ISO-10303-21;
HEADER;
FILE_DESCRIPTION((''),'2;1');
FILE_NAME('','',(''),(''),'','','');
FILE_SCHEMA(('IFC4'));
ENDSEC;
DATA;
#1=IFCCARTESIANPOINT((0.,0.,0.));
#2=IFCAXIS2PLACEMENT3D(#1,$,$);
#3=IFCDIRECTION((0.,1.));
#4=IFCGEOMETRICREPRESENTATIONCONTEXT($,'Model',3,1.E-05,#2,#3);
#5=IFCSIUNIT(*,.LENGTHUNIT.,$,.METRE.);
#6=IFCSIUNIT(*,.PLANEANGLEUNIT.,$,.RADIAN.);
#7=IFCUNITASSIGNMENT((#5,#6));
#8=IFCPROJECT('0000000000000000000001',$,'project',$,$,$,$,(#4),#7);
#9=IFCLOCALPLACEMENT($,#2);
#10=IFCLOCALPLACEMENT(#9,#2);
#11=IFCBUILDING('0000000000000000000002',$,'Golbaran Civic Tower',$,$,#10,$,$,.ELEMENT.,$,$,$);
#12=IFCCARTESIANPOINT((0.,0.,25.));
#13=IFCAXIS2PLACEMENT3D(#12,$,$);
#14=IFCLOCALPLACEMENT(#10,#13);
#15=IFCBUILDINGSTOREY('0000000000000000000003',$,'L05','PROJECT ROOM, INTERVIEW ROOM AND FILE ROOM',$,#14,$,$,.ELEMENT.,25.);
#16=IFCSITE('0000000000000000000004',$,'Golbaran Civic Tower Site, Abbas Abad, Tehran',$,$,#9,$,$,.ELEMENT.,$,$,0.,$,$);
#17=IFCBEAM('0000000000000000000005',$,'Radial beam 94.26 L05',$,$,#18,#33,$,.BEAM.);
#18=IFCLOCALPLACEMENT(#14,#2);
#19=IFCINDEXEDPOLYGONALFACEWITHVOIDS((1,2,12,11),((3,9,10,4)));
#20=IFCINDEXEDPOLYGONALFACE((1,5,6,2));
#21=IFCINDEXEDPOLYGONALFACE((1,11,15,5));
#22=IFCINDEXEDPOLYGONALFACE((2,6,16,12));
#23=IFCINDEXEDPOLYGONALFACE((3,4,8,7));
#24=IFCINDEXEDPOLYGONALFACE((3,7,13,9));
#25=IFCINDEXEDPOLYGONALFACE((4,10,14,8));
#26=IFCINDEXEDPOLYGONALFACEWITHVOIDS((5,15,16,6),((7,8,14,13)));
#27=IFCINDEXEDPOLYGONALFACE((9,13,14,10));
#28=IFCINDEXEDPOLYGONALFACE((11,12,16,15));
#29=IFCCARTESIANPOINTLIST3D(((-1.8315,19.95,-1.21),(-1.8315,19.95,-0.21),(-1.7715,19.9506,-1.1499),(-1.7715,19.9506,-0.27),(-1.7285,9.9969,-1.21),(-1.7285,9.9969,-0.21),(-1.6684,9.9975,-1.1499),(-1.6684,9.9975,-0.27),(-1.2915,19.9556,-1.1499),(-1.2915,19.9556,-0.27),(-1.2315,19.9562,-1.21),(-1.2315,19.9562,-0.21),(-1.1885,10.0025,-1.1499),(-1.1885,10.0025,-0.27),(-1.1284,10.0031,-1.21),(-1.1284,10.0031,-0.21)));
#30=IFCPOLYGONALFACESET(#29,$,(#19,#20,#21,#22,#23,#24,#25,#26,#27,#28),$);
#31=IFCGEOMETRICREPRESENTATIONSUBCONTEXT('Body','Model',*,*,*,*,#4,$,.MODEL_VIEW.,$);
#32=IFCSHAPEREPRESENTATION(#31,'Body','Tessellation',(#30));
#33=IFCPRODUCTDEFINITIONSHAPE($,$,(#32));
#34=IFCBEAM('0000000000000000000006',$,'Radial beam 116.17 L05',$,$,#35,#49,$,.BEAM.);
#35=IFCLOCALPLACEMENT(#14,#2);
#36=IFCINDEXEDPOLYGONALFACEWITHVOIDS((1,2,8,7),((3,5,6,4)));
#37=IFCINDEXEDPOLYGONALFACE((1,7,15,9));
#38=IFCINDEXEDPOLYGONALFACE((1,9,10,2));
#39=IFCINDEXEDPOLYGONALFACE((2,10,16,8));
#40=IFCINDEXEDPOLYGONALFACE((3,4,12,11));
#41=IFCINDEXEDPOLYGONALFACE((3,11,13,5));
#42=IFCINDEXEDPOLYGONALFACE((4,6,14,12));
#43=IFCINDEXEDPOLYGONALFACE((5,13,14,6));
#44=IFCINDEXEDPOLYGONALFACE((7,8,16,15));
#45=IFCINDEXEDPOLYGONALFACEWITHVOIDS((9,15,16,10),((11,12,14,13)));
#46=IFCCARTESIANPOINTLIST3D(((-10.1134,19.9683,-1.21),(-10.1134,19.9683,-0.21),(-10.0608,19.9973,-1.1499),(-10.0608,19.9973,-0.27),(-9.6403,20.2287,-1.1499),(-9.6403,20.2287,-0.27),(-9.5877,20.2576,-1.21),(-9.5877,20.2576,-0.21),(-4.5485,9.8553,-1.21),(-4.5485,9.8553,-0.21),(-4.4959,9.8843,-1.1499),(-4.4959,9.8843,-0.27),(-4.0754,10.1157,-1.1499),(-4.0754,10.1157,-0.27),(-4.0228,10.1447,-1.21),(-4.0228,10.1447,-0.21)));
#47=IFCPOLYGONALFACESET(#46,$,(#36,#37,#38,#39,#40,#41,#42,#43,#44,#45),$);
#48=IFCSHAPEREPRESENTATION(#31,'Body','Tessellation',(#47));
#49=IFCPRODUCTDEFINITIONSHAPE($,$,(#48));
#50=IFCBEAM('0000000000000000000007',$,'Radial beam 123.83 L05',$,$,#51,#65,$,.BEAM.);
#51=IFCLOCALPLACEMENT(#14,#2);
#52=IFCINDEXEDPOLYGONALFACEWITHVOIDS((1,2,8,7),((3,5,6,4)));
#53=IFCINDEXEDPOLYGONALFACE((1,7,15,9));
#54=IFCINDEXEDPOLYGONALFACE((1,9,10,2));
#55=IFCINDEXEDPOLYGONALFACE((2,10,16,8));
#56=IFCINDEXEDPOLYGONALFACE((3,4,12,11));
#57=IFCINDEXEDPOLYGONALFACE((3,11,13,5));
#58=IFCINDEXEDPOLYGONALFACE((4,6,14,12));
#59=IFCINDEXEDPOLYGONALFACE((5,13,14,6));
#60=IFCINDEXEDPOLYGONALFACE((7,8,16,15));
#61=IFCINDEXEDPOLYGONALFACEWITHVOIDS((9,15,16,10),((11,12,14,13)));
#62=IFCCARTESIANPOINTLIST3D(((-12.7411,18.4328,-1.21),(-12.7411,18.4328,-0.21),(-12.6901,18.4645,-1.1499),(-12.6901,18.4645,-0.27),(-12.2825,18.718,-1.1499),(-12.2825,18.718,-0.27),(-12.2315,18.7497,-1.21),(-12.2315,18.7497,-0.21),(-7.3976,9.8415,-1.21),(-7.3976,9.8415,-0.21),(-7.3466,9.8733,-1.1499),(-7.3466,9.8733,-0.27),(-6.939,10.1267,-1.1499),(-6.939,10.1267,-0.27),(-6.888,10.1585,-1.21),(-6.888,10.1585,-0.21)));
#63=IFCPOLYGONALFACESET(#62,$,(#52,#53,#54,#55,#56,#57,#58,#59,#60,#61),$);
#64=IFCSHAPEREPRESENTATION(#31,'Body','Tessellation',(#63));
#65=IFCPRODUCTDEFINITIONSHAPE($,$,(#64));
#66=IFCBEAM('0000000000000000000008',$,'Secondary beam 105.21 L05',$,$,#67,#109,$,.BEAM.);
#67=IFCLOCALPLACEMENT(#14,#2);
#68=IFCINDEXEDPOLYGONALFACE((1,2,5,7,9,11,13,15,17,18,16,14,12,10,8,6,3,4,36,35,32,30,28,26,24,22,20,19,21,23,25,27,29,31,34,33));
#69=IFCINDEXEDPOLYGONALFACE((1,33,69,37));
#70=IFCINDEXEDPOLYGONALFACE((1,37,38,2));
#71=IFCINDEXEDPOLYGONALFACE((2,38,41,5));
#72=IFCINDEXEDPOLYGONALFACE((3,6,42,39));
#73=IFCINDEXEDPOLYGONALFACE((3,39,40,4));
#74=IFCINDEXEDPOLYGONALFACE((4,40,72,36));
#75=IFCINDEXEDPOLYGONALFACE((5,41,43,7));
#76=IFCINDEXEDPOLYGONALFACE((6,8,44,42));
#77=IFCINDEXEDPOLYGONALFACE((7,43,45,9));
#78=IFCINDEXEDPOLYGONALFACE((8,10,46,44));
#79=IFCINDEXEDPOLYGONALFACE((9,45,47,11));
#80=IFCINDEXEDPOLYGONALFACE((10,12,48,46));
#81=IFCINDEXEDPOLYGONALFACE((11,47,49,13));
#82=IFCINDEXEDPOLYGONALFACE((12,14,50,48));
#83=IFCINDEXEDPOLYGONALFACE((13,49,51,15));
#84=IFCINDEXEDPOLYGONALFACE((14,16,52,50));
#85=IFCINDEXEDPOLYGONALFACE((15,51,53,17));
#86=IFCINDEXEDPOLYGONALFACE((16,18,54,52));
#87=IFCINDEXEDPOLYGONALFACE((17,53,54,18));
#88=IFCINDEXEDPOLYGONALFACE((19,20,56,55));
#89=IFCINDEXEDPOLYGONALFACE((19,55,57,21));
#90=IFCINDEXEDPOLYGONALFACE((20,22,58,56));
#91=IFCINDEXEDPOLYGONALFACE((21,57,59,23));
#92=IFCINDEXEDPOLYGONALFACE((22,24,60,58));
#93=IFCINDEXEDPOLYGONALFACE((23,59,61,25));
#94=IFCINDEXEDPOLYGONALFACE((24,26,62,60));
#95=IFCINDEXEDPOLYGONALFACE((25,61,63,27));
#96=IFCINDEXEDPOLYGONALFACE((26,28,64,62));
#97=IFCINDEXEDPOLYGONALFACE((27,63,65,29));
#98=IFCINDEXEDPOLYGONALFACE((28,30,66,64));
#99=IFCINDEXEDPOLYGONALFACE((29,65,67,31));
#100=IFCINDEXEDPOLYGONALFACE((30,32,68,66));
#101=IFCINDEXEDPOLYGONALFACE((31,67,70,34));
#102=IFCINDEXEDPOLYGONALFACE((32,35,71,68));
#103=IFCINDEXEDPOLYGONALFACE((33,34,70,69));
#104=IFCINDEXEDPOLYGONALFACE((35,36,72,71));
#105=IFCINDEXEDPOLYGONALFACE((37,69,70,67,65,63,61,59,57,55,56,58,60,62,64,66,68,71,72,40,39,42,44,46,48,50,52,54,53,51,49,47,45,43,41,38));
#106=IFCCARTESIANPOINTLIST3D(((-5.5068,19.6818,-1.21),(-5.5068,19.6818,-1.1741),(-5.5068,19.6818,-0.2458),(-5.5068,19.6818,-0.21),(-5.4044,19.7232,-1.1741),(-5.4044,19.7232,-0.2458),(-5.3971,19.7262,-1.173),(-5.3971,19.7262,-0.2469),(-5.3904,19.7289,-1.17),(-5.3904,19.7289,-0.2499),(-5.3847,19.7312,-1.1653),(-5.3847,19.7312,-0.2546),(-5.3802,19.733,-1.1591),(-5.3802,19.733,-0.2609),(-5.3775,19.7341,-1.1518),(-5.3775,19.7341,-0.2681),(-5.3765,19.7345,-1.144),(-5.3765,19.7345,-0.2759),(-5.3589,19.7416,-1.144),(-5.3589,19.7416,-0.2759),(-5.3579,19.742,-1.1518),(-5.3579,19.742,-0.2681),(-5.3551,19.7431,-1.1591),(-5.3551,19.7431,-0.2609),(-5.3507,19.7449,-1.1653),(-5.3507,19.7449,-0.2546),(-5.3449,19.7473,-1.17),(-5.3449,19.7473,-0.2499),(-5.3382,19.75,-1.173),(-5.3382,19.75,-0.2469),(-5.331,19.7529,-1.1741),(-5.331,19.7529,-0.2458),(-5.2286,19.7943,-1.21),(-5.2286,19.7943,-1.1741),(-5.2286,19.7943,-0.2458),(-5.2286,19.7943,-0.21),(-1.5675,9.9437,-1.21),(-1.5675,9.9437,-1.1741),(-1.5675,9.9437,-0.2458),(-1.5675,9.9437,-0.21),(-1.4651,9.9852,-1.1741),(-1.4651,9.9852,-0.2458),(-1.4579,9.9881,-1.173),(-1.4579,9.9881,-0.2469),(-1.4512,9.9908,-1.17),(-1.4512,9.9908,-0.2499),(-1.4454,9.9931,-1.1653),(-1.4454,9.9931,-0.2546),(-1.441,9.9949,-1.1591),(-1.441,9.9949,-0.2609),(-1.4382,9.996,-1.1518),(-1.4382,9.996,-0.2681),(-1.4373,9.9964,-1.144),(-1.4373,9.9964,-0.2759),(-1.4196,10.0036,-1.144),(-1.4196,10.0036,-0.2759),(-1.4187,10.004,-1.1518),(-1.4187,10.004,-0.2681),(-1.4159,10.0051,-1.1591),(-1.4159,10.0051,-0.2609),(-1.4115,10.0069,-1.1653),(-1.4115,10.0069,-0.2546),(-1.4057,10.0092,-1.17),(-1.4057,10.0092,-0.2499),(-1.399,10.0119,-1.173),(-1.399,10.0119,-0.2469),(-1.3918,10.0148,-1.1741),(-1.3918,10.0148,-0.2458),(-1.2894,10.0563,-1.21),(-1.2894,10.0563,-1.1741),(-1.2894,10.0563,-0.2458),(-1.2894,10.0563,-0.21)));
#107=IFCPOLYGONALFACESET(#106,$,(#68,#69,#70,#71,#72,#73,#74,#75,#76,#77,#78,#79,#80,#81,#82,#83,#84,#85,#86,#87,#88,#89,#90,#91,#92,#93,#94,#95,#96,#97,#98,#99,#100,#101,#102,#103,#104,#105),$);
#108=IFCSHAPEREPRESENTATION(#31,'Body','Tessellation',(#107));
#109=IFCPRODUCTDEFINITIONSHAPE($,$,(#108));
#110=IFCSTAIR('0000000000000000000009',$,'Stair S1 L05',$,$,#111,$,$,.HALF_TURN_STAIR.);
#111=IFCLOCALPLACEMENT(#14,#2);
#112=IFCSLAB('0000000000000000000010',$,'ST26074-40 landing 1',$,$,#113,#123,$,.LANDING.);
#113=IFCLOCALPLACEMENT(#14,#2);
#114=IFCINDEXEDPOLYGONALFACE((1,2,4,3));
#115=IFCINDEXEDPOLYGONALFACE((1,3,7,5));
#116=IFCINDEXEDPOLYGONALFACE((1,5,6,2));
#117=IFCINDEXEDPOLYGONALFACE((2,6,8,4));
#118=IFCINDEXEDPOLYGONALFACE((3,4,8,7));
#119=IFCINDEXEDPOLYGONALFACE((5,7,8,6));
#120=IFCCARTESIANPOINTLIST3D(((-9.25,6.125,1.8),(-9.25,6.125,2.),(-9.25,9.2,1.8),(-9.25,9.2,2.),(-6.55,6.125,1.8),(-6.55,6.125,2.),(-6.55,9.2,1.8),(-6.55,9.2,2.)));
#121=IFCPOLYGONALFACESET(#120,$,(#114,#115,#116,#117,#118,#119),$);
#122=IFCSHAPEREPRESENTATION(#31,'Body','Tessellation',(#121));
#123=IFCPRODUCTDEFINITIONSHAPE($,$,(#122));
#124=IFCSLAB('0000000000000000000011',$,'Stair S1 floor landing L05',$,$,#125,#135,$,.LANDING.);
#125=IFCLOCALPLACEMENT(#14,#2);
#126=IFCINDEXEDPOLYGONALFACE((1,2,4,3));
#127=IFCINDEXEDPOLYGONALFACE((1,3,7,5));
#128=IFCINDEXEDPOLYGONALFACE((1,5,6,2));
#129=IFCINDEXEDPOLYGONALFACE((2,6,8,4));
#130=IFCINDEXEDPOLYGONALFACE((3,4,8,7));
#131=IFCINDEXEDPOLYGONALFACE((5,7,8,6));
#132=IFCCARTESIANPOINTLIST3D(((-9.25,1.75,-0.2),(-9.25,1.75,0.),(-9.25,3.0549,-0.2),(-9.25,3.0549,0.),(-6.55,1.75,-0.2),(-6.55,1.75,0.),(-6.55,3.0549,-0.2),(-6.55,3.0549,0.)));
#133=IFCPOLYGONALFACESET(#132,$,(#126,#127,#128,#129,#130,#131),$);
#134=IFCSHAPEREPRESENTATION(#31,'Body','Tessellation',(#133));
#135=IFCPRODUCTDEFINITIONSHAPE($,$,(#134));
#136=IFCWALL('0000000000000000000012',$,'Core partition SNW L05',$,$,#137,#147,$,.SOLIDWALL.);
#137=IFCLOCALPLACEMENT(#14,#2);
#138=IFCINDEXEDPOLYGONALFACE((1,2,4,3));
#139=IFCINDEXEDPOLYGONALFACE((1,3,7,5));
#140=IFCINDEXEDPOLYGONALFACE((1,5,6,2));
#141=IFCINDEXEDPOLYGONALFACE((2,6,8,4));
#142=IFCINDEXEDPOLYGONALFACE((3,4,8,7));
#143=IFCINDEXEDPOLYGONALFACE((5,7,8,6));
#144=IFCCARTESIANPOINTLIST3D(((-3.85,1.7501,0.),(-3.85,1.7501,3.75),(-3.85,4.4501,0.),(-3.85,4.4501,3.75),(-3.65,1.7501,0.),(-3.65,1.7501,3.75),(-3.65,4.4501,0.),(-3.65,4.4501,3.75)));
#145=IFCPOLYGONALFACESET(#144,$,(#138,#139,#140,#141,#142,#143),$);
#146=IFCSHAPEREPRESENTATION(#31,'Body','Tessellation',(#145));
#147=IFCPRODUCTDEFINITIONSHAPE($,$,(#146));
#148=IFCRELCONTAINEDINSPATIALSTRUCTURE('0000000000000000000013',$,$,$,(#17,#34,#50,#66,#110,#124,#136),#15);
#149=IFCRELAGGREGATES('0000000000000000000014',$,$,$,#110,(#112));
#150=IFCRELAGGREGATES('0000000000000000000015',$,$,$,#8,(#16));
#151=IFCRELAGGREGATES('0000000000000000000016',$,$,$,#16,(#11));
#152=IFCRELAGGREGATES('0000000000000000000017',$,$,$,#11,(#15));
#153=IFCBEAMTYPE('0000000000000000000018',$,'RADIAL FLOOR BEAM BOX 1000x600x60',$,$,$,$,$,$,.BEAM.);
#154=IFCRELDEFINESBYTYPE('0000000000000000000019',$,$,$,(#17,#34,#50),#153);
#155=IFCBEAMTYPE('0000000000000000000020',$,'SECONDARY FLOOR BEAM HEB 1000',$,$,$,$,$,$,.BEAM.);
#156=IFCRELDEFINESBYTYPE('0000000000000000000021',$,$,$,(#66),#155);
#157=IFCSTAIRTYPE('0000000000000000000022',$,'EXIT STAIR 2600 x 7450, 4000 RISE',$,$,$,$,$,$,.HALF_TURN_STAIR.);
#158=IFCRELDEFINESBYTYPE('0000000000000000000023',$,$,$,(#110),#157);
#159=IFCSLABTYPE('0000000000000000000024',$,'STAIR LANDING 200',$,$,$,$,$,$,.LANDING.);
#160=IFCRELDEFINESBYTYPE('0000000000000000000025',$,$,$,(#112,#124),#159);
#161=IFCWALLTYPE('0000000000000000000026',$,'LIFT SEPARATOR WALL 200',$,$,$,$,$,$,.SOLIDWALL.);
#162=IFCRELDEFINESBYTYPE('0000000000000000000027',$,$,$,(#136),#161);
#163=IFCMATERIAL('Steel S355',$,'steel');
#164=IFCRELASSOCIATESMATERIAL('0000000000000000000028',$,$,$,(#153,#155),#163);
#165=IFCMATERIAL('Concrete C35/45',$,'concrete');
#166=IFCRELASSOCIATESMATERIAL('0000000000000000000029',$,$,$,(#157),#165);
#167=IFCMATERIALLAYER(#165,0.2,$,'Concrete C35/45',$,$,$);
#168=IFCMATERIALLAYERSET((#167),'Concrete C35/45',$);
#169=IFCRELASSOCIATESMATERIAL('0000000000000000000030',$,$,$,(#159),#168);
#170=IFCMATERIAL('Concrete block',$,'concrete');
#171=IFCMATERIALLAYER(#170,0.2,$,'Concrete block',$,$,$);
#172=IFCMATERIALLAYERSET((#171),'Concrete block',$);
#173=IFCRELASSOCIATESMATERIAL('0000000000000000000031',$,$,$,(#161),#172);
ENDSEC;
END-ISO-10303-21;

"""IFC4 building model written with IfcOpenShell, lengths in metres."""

from ifc_helpers import new_model, si_unit, direction, frame, frame_2d, origin, origin_2d, place, context, subcontext, project, spatial, polyline, rectangle, hollow_rectangle, i_section, outline, extrude, material, layer, layer_set, material_profile, profile_set, type_object, element, aggregate, save


model = new_model("IFC4")

# Units and contexts
model_context = context("Model", 3, precision=1e-05, world=origin(), true_north=direction((0.0, 1.0)))
body_context = subcontext(model_context, "Body", "Model", "MODEL_VIEW")
ifc_project = project(units=[si_unit("LENGTHUNIT", "METRE"), si_unit("PLANEANGLEUNIT", "RADIAN")], contexts=[model_context])

# Site, building, storey
site_placement = place(None, origin())
site = spatial("IfcSite", under=ifc_project, at=site_placement, Name="Golbaran Civic Tower Site, Abbas Abad, Tehran", CompositionType="ELEMENT", RefElevation=0.0)
building_placement = place(site_placement, origin())
building = spatial("IfcBuilding", under=site, at=building_placement, Name="Golbaran Civic Tower", CompositionType="ELEMENT")
storey_placement = place(building_placement, frame((0.0, 0.0, 25.0)))
storey = spatial("IfcBuildingStorey", under=building, at=storey_placement, Name="L05", Description="PROJECT ROOM, INTERVIEW ROOM AND FILE ROOM", CompositionType="ELEMENT", Elevation=25.0)

# Beams
ifc_material_1 = material(Name="Steel S355", Category="steel")
ifc_material_profile_1 = material_profile(ifc_material_1, hollow_rectangle(XDim=0.6001, YDim=1.0, WallThickness=0.0601, at=origin_2d()), Name="BOX 1000x600x60")
ifc_profile_set_1 = profile_set([ifc_material_profile_1], Name="Steel S355")
beam_type_1 = type_object("IfcBeamType", Name="RADIAL FLOOR BEAM BOX 1000x600x60", PredefinedType="BEAM", material=ifc_profile_set_1)
beam_1_placement = place(storey_placement, frame((-1.4285, 10.0, -0.71), z_axis=(-0.010351, 0.999946, 0.0), x_axis=(-0.999946, -0.010351, 0.0)))
element("IfcBeam", 1, at=beam_1_placement, inside=storey, type_object=beam_type_1, Name="Radial beam 94.26 L05", PredefinedType="BEAM", context=body_context, shape_type="SweptSolid", body=[
    extrude(hollow_rectangle(XDim=0.6001, YDim=1.0, WallThickness=0.0601, at=origin_2d()), origin(), (0.0, 0.0, 1.0), 9.9536),
])
beam_2_placement = place(storey_placement, frame((-4.2856, 10.0, -0.71), z_axis=(-0.482103, 0.876115, 0.0), x_axis=(-0.876115, -0.482103, 0.0)))
element("IfcBeam", 2, at=beam_2_placement, inside=storey, type_object=beam_type_1, Name="Radial beam 116.17 L05", PredefinedType="BEAM", context=body_context, shape_type="SweptSolid", body=[
    extrude(hollow_rectangle(XDim=0.6001, YDim=1.0, WallThickness=0.0601, at=origin_2d()), origin(), (0.0, 0.0, 1.0), 11.543),
])
beam_3_placement = place(storey_placement, frame((-7.1428, 10.0, -0.71), z_axis=(-0.528145, 0.849154, 0.0), x_axis=(-0.849154, -0.528145, 0.0)))
element("IfcBeam", 3, at=beam_3_placement, inside=storey, type_object=beam_type_1, Name="Radial beam 123.83 L05", PredefinedType="BEAM", context=body_context, shape_type="SweptSolid", body=[
    extrude(hollow_rectangle(XDim=0.6001, YDim=1.0, WallThickness=0.0601, at=origin_2d()), origin(), (0.0, 0.0, 1.0), 10.1174),
])
ifc_material_profile_2 = material_profile(ifc_material_1, i_section(OverallWidth=0.3, OverallDepth=1.0, WebThickness=0.019, FlangeThickness=0.0359, FilletRadius=0.03, at=origin_2d()), Name="HEB 1000")
ifc_profile_set_2 = profile_set([ifc_material_profile_2], Name="Steel S355")
beam_type_2 = type_object("IfcBeamType", Name="SECONDARY FLOOR BEAM HEB 1000", PredefinedType="BEAM", material=ifc_profile_set_2)
beam_4_placement = place(storey_placement, frame((-1.4285, 10.0, -0.71), z_axis=(-0.374998, 0.927026, 0.0), x_axis=(-0.927026, -0.374998, 0.0)))
element("IfcBeam", 4, at=beam_4_placement, inside=storey, type_object=beam_type_2, Name="Secondary beam 105.21 L05", PredefinedType="BEAM", context=body_context, shape_type="SweptSolid", body=[
    extrude(i_section(OverallWidth=0.3, OverallDepth=1.0, WebThickness=0.019, FlangeThickness=0.0359, FilletRadius=0.03, at=origin_2d()), origin(), (0.0, 0.0, 1.0), 10.5046),
])

# Stair, slab
ifc_material_2 = material(Name="Concrete C35/45", Category="concrete")
stair_type = type_object("IfcStairType", Name="EXIT STAIR 2600 x 7450, 4000 RISE", PredefinedType="HALF_TURN_STAIR", material=ifc_material_2)
stair_placement = place(storey_placement, origin())
stair = element("IfcStair", 5, at=stair_placement, inside=storey, type_object=stair_type, Name="Stair S1 L05", PredefinedType="HALF_TURN_STAIR")
ifc_layer_1 = layer(ifc_material_2, 0.2, Name="Concrete C35/45")
ifc_layer_set_1 = layer_set([ifc_layer_1], Name="Concrete C35/45")
slab_type = type_object("IfcSlabType", Name="STAIR LANDING 200", PredefinedType="LANDING", material=ifc_layer_set_1)
slab_1_placement = place(storey_placement, frame((0.0, 0.0, 1.8)))
slab_1 = element("IfcSlab", 6, at=slab_1_placement, type_object=slab_type, Name="ST26074-40 landing 1", PredefinedType="LANDING", context=body_context, shape_type="SweptSolid", body=[
    extrude(outline(polyline([(-9.25, 6.125), (-9.25, 9.2), (-6.55, 9.2), (-6.55, 6.125), (-9.25, 6.125)])), origin(), (0.0, 0.0, 1.0), 0.2),
])

# Slab
slab_2_placement = place(storey_placement, frame((0.0, 0.0, -0.2)))
element("IfcSlab", 7, at=slab_2_placement, inside=storey, type_object=slab_type, Name="Stair S1 floor landing L05", PredefinedType="LANDING", context=body_context, shape_type="SweptSolid", body=[
    extrude(outline(polyline([(-9.25, 1.75), (-9.25, 3.0549), (-6.55, 3.0549), (-6.55, 1.75), (-9.25, 1.75)])), origin(), (0.0, 0.0, 1.0), 0.2),
])

# Wall
ifc_material_3 = material(Name="Concrete block", Category="concrete")
ifc_layer_2 = layer(ifc_material_3, 0.2, Name="Concrete block")
ifc_layer_set_2 = layer_set([ifc_layer_2], Name="Concrete block")
wall_type_1 = type_object("IfcWallType", Name="LIFT SEPARATOR WALL 200", PredefinedType="SOLIDWALL", material=ifc_layer_set_2)
wall_1_placement = place(storey_placement, frame((-3.75, 1.75, 0.0), z_axis=(0.0, 0.0, 1.0), x_axis=(0.0, 1.0, 0.0)))
element("IfcWall", 8, at=wall_1_placement, inside=storey, type_object=wall_type_1, Name="Core partition SNW L05", PredefinedType="SOLIDWALL", context=body_context, shape_type="SweptSolid", body=[
    extrude(rectangle(XDim=2.7, YDim=0.2, at=frame_2d((1.3501, 0.0))), origin(), (0.0, 0.0, 1.0), 3.75),
])

aggregate(stair, [slab_1])

save(model, "model.ifc")
